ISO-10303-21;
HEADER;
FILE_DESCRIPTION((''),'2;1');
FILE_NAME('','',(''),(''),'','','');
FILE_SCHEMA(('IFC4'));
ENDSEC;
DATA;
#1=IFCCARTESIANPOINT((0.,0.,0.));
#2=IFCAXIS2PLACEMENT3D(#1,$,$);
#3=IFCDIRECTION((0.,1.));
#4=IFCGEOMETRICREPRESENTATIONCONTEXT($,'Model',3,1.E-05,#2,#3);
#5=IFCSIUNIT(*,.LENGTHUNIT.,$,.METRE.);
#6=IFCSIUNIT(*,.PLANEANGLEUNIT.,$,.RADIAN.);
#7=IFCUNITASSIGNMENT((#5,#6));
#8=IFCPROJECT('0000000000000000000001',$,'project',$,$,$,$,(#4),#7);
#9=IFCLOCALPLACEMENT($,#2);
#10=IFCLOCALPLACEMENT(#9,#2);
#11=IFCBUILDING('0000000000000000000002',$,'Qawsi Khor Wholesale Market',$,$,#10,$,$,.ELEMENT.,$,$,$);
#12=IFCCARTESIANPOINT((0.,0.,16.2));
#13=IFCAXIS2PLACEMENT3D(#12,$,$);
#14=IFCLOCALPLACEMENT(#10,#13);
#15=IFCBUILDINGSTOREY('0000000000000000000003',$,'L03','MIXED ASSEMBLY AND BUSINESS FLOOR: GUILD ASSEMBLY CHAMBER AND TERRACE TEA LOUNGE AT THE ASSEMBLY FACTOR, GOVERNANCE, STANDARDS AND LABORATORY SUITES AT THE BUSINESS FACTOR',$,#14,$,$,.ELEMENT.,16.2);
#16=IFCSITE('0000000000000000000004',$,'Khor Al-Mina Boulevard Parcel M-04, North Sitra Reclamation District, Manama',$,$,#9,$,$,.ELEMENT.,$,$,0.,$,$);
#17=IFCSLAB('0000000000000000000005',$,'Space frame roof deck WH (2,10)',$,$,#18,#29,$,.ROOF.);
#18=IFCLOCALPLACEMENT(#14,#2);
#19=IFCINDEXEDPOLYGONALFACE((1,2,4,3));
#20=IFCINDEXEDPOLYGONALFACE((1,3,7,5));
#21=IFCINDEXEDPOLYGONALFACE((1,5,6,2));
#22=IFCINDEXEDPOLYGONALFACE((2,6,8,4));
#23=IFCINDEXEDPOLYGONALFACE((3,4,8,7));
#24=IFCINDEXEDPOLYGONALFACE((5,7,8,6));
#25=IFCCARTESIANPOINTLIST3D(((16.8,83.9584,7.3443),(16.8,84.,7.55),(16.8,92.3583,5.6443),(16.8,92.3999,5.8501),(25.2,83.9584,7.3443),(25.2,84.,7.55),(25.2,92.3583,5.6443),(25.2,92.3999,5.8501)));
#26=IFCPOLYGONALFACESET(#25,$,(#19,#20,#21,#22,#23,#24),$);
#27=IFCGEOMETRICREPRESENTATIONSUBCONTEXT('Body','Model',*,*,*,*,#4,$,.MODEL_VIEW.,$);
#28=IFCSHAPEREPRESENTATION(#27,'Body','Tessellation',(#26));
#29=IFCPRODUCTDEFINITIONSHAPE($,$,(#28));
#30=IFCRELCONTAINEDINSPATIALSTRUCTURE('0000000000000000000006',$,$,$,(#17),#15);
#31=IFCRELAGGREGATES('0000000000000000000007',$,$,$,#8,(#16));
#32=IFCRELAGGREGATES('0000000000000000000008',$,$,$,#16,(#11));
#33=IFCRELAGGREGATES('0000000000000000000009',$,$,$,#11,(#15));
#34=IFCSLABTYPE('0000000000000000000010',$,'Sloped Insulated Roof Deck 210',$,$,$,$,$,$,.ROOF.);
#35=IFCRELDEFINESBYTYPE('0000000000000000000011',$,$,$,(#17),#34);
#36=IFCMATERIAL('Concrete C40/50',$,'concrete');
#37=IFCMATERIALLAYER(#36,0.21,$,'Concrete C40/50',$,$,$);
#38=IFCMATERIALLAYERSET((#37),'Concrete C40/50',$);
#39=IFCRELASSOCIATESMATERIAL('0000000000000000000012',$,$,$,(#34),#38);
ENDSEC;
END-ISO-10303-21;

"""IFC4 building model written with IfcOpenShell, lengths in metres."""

from ifc_helpers import new_model, si_unit, direction, frame, origin, place, context, subcontext, project, spatial, polyline, outline, extrude, material, layer, layer_set, type_object, element, save


model = new_model("IFC4")

# Units and contexts
model_context = context("Model", 3, precision=1e-05, world=origin(), true_north=direction((0.0, 1.0)))
body_context = subcontext(model_context, "Body", "Model", "MODEL_VIEW")
ifc_project = project(units=[si_unit("LENGTHUNIT", "METRE"), si_unit("PLANEANGLEUNIT", "RADIAN")], contexts=[model_context])

# Site, building, storey
site_placement = place(None, origin())
site = spatial("IfcSite", under=ifc_project, at=site_placement, Name="Khor Al-Mina Boulevard Parcel M-04, North Sitra Reclamation District, Manama", CompositionType="ELEMENT", RefElevation=0.0)
building_placement = place(site_placement, origin())
building = spatial("IfcBuilding", under=site, at=building_placement, Name="Qawsi Khor Wholesale Market", CompositionType="ELEMENT")
storey_placement = place(building_placement, frame((0.0, 0.0, 16.2)))
storey = spatial("IfcBuildingStorey", under=building, at=storey_placement, Name="L03", Description="MIXED ASSEMBLY AND BUSINESS FLOOR: GUILD ASSEMBLY CHAMBER AND TERRACE TEA LOUNGE AT THE ASSEMBLY FACTOR, GOVERNANCE, STANDARDS AND LABORATORY SUITES AT THE BUSINESS FACTOR", CompositionType="ELEMENT", Elevation=16.2)

# Shared definitions
ifc_material_1 = material(Name="Concrete C40/50", Category="concrete")

# Slab
ifc_layer_1 = layer(ifc_material_1, 0.21, Name="Concrete C40/50")
ifc_layer_set_1 = layer_set([ifc_layer_1], Name="Concrete C40/50")
slab_type = type_object("IfcSlabType", Name="Sloped Insulated Roof Deck 210", PredefinedType="ROOF", material=ifc_layer_set_1)
slab_1_placement = place(storey_placement, frame((16.8, 84.0, 7.55), z_axis=(0.0, 0.198356, 0.98013), x_axis=(1.0, 0.0, 0.0)))
element("IfcSlab", 1, at=slab_1_placement, inside=storey, type_object=slab_type, Name="Space frame roof deck WH (2,10)", PredefinedType="ROOF", context=body_context, shape_type="SweptSolid", body=[
    extrude(outline(polyline([(0.0, 0.0), (8.3999, 0.0), (8.3999, 8.5702), (0.0, 8.5702), (0.0, 0.0)])), origin(), (0.0, 0.0, -1.0), 0.21),
])

save(model, "model.ifc")
